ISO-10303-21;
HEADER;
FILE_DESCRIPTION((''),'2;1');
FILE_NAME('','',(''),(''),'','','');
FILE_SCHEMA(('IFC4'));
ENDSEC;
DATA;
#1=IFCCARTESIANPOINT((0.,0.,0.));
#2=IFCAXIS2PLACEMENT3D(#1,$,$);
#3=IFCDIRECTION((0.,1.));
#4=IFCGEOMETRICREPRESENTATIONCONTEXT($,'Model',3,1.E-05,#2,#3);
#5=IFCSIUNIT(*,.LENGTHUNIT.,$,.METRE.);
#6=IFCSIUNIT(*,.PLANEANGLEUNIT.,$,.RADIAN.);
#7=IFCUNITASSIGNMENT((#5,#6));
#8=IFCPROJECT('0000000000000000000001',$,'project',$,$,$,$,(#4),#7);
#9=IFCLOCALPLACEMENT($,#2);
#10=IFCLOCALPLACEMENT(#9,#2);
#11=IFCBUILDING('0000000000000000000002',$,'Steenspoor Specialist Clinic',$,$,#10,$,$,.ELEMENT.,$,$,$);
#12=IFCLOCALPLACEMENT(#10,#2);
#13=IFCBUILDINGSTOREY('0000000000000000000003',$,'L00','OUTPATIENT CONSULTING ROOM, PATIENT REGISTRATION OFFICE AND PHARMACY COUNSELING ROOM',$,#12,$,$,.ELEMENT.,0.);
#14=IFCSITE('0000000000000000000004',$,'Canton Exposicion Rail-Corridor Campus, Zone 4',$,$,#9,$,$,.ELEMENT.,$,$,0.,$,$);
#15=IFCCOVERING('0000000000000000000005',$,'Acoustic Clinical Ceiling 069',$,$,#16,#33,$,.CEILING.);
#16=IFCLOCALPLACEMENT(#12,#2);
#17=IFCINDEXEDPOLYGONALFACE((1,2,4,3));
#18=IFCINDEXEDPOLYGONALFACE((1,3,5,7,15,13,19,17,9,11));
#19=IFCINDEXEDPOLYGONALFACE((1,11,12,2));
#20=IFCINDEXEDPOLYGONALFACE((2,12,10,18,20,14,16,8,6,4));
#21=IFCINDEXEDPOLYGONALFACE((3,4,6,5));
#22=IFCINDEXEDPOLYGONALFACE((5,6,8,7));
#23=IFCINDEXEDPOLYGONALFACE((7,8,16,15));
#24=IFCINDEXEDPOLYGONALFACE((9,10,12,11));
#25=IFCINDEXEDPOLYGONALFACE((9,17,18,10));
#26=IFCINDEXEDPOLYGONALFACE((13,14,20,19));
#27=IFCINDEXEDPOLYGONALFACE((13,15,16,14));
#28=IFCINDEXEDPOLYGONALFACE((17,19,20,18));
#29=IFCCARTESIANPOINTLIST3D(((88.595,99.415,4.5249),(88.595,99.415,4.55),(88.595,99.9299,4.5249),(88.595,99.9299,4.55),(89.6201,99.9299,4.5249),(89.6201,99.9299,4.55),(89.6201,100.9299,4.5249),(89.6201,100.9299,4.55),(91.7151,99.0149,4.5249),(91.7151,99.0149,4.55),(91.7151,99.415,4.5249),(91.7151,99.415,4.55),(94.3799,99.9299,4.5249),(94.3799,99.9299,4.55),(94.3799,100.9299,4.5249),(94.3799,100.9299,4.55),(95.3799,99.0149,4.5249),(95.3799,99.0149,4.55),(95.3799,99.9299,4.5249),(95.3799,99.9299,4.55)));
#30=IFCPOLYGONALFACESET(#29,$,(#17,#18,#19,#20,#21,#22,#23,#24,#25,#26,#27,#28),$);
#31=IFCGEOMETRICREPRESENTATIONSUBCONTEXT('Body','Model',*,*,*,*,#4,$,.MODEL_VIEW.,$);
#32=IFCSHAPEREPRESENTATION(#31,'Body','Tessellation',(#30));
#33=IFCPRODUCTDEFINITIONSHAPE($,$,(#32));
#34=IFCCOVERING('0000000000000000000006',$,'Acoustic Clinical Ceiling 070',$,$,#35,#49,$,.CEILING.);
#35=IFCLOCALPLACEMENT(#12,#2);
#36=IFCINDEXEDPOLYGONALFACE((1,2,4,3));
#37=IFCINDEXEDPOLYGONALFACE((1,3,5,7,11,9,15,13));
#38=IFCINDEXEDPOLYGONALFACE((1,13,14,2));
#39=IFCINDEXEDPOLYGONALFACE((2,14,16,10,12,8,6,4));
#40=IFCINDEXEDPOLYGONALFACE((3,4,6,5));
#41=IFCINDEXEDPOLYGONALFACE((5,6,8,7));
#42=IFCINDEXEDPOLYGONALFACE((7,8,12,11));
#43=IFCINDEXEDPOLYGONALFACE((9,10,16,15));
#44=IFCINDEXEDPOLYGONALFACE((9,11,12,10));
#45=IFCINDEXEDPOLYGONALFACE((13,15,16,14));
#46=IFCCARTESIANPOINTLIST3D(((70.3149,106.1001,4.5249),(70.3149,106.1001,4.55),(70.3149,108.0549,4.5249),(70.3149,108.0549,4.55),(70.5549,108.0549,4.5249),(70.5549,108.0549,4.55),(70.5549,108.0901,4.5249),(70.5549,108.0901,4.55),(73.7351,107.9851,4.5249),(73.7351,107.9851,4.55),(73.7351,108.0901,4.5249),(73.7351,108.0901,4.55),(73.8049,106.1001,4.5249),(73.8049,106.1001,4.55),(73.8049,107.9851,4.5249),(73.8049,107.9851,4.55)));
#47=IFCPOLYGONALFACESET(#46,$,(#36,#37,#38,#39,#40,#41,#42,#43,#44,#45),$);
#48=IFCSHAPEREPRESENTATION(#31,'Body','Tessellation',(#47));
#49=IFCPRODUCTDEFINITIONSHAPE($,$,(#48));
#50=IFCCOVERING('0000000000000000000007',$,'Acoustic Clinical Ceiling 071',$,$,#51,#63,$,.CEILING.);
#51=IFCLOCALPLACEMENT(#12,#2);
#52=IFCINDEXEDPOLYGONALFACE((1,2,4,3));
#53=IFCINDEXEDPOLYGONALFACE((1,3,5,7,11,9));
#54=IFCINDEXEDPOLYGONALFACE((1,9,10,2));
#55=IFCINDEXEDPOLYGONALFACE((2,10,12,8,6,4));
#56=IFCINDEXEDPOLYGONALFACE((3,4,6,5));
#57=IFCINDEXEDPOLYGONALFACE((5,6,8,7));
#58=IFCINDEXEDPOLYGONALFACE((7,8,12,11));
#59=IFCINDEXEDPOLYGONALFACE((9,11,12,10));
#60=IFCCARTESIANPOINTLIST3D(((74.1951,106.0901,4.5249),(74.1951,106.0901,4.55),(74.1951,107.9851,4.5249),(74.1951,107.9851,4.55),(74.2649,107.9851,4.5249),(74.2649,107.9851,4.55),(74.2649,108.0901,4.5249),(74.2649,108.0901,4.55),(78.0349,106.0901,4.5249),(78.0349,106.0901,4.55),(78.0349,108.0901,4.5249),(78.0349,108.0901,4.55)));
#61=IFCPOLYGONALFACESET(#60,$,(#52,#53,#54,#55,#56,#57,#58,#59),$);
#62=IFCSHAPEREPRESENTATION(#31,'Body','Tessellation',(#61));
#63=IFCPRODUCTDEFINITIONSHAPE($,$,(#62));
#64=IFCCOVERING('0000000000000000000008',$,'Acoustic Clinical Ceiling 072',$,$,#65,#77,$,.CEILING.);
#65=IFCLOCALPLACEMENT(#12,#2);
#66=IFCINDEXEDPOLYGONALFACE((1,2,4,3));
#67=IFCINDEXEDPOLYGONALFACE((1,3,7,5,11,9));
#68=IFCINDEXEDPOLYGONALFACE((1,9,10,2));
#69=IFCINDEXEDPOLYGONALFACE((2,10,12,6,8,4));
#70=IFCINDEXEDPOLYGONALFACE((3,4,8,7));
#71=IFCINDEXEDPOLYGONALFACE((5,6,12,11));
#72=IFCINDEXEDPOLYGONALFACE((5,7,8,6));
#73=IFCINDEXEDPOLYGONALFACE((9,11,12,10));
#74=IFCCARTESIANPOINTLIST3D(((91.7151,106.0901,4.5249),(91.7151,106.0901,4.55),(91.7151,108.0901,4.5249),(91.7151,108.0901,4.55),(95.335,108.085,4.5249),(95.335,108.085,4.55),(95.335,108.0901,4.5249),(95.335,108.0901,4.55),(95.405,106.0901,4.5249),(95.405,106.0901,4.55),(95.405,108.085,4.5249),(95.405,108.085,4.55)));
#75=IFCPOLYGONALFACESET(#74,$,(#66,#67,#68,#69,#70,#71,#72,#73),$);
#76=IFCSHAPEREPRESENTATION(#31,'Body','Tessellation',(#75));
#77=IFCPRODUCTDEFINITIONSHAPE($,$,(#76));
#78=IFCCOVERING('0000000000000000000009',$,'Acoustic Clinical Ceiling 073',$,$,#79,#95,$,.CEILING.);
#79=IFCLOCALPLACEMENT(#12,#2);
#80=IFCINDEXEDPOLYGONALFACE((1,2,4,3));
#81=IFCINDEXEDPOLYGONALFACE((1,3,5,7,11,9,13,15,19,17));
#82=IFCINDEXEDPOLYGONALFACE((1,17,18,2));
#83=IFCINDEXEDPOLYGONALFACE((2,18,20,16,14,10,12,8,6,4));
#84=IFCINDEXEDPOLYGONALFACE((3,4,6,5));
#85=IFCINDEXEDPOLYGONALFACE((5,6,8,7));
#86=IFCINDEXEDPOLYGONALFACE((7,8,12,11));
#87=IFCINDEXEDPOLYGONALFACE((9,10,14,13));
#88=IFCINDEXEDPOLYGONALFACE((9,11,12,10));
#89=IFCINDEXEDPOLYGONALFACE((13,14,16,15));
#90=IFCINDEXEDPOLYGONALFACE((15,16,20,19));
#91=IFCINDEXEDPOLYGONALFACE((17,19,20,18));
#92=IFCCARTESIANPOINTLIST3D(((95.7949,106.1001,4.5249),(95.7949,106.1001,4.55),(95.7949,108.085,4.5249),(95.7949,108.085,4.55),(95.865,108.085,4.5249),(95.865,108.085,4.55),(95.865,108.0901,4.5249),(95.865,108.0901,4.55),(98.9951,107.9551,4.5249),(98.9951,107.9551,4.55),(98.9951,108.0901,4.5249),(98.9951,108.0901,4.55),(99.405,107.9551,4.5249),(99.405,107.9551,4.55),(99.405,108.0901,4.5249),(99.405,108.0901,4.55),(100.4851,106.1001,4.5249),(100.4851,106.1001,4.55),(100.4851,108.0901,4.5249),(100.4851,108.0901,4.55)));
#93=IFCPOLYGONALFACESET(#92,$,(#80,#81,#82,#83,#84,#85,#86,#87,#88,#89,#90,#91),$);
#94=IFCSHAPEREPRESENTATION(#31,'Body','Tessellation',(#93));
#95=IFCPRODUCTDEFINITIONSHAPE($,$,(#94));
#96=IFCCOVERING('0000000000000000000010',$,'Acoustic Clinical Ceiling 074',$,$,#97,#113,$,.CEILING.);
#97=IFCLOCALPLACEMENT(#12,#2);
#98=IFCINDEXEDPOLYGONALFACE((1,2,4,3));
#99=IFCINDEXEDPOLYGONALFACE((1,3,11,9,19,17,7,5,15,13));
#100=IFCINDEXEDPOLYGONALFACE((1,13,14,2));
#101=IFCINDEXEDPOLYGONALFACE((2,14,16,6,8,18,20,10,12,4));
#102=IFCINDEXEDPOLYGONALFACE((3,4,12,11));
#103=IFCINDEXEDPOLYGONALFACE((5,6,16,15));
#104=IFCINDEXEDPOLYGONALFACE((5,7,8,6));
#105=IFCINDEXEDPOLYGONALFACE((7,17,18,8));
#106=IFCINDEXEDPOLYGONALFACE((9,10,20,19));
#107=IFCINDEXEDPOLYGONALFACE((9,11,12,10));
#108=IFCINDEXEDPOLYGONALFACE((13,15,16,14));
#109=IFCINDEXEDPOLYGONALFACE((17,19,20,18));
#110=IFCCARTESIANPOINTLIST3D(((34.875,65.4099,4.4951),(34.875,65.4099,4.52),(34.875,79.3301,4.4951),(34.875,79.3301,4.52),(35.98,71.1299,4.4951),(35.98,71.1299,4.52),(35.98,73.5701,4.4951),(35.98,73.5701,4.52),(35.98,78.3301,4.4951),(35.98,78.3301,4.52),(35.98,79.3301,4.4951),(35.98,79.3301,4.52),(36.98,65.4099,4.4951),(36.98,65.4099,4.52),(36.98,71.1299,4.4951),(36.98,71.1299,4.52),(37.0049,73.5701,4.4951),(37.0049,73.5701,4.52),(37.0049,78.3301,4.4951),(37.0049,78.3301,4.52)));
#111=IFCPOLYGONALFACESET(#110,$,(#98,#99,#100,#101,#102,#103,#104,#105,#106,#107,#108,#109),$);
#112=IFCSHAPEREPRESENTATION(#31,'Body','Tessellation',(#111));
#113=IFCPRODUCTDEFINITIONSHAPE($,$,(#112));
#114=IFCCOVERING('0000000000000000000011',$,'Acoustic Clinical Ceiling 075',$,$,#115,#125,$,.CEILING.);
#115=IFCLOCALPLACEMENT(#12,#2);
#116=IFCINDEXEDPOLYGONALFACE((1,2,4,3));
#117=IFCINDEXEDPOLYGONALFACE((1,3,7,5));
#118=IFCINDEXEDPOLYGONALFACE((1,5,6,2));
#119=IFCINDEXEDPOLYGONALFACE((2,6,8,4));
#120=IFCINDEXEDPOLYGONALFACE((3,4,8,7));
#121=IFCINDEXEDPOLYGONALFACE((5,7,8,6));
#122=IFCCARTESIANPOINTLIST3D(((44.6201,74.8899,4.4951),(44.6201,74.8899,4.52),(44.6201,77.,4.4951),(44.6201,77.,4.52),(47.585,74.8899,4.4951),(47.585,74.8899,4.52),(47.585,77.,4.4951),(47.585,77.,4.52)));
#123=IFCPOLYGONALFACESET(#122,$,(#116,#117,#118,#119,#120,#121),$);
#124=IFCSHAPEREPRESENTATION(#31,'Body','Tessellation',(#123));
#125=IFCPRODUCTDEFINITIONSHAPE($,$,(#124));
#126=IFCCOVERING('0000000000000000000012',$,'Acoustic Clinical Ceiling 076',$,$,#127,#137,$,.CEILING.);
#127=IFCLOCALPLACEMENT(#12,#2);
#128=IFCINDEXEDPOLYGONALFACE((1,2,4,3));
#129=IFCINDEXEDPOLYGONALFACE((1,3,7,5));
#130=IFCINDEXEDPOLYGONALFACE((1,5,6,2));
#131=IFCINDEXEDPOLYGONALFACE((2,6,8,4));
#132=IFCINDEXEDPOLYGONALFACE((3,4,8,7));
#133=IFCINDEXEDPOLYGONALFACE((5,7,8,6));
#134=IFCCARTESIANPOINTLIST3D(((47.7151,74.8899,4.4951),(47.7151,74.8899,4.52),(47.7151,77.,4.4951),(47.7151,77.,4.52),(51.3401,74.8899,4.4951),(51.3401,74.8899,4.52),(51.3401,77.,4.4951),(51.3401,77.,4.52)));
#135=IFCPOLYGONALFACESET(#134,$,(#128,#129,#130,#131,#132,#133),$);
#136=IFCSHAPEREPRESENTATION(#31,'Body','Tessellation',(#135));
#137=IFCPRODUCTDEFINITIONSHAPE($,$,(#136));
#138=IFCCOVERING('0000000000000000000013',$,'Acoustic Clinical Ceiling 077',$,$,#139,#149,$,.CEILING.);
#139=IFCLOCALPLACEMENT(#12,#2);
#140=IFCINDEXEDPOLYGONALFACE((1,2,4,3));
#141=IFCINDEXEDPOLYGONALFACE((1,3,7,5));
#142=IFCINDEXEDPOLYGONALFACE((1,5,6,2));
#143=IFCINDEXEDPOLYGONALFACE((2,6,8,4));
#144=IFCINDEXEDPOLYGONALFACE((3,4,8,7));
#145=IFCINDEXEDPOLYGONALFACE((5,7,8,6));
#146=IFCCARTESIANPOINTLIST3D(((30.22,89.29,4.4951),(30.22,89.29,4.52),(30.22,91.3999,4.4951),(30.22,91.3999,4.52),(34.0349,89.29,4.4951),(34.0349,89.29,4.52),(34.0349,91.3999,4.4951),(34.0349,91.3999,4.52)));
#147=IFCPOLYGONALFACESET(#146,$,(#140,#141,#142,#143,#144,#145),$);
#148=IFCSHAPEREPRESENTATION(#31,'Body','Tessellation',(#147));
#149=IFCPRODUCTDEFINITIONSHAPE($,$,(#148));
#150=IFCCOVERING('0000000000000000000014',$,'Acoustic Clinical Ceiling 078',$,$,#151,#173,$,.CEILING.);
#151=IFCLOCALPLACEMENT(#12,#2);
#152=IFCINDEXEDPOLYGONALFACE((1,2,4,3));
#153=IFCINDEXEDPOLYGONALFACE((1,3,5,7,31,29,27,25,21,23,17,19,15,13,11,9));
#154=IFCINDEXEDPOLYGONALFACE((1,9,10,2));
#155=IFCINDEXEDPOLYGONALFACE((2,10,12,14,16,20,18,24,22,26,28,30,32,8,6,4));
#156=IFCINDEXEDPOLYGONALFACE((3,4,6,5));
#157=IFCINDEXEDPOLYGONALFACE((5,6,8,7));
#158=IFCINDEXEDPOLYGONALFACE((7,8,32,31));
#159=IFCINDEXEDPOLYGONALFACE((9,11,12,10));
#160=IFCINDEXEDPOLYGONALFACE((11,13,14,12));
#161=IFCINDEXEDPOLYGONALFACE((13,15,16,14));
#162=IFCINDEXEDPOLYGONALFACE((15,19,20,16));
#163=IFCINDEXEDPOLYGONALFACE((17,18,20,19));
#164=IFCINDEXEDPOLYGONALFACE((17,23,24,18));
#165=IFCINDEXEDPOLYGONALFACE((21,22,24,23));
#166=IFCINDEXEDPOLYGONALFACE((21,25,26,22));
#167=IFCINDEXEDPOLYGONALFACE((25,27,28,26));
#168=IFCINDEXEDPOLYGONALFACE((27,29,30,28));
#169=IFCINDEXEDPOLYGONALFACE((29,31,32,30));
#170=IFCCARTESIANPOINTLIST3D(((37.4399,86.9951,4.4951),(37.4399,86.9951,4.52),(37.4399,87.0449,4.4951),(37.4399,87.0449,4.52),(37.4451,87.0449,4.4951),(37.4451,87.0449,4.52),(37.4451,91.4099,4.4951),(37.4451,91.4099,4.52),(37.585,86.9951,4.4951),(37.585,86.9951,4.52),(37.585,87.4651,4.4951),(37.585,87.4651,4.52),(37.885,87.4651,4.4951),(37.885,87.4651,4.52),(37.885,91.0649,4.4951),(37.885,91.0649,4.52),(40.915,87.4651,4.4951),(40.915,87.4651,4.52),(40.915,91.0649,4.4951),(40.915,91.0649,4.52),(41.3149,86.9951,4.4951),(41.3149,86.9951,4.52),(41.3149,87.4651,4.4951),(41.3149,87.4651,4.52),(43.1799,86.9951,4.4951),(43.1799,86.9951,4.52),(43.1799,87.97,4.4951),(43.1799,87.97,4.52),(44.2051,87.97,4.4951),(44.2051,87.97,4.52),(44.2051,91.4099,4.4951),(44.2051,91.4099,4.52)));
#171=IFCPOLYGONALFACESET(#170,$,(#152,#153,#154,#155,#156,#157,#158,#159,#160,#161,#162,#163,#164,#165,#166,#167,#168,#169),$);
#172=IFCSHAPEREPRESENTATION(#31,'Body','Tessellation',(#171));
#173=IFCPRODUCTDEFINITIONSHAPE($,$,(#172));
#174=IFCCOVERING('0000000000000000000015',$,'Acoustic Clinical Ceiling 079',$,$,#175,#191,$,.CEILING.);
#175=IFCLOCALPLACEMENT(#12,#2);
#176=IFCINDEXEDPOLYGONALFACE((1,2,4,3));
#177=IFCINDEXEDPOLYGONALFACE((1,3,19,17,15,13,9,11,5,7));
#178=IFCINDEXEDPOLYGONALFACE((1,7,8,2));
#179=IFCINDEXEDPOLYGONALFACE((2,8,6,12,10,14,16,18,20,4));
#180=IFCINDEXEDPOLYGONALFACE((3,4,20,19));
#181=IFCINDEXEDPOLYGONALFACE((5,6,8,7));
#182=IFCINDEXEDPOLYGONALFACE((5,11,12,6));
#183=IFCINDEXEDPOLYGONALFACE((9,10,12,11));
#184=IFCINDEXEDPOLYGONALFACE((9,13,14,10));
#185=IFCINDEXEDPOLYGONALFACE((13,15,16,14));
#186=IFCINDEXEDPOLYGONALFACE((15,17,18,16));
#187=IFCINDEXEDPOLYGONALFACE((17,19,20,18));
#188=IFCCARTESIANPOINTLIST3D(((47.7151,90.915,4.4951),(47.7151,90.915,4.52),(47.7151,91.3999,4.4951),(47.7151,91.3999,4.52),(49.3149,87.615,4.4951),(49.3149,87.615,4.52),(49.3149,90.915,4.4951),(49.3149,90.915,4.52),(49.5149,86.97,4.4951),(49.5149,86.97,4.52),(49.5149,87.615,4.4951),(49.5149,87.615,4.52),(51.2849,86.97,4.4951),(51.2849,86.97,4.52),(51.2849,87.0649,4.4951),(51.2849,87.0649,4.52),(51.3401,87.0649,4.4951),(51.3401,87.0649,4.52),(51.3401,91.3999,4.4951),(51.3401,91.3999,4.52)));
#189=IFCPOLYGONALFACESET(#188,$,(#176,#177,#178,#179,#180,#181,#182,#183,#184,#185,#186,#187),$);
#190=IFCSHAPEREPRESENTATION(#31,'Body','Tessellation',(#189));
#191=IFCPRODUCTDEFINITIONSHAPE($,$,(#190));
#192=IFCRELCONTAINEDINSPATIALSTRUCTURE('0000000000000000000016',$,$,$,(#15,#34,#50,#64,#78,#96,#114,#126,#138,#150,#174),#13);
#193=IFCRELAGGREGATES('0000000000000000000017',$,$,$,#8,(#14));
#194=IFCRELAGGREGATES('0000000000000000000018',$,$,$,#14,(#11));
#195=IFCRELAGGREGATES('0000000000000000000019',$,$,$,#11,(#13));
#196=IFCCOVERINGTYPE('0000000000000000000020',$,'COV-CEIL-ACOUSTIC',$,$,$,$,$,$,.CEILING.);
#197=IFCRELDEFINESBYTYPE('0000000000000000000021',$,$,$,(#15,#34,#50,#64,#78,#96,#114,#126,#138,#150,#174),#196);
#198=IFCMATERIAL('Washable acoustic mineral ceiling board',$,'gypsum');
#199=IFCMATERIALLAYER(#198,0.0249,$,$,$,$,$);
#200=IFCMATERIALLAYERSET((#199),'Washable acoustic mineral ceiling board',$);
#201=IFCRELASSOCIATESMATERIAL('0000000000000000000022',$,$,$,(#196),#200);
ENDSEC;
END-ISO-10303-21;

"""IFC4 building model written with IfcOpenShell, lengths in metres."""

from ifc_helpers import new_model, si_unit, direction, frame, origin, place, context, subcontext, project, spatial, polyline, outline, extrude, material, layer, layer_set, type_object, element, save


model = new_model("IFC4")

# Units and contexts
model_context = context("Model", 3, precision=1e-05, world=origin(), true_north=direction((0.0, 1.0)))
body_context = subcontext(model_context, "Body", "Model", "MODEL_VIEW")
ifc_project = project(units=[si_unit("LENGTHUNIT", "METRE"), si_unit("PLANEANGLEUNIT", "RADIAN")], contexts=[model_context])

# Site, building, storey
site_placement = place(None, origin())
site = spatial("IfcSite", under=ifc_project, at=site_placement, Name="Canton Exposicion Rail-Corridor Campus, Zone 4", CompositionType="ELEMENT", RefElevation=0.0)
building_placement = place(site_placement, origin())
building = spatial("IfcBuilding", under=site, at=building_placement, Name="Steenspoor Specialist Clinic", CompositionType="ELEMENT")
storey_placement = place(building_placement, origin())
storey = spatial("IfcBuildingStorey", under=building, at=storey_placement, Name="L00", Description="OUTPATIENT CONSULTING ROOM, PATIENT REGISTRATION OFFICE AND PHARMACY COUNSELING ROOM", CompositionType="ELEMENT", Elevation=0.0)

# Coverings
ifc_material_1 = material(Name="Washable acoustic mineral ceiling board", Category="gypsum")
ifc_layer_1 = layer(ifc_material_1, 0.0249)
ifc_layer_set_1 = layer_set([ifc_layer_1], Name="Washable acoustic mineral ceiling board")
covering_type_1 = type_object("IfcCoveringType", Name="COV-CEIL-ACOUSTIC", PredefinedType="CEILING", material=ifc_layer_set_1)
covering_1_placement = place(storey_placement, frame((0.0, 0.0, 4.5249)))
element("IfcCovering", 1, at=covering_1_placement, inside=storey, type_object=covering_type_1, Name="Acoustic Clinical Ceiling 069", PredefinedType="CEILING", context=body_context, shape_type="SweptSolid", body=[
    extrude(outline(polyline([(91.7151, 99.0149), (91.7151, 99.415), (88.595, 99.415), (88.595, 99.9299), (89.6201, 99.9299), (89.6201, 100.9299), (94.3799, 100.9299), (94.3799, 99.9299), (95.3799, 99.9299), (95.3799, 99.0149), (91.7151, 99.0149)])), origin(), (0.0, 0.0, 1.0), 0.0251),
])
covering_2_placement = place(storey_placement, frame((0.0, 0.0, 4.5249)))
element("IfcCovering", 2, at=covering_2_placement, inside=storey, type_object=covering_type_1, Name="Acoustic Clinical Ceiling 070", PredefinedType="CEILING", context=body_context, shape_type="SweptSolid", body=[
    extrude(outline(polyline([(73.7351, 108.0901), (73.7351, 107.9851), (73.8049, 107.9851), (73.8049, 106.1001), (70.3149, 106.1001), (70.3149, 108.0549), (70.5549, 108.0549), (70.5549, 108.0901), (73.7351, 108.0901)])), origin(), (0.0, 0.0, 1.0), 0.0251),
])
covering_3_placement = place(storey_placement, frame((0.0, 0.0, 4.5249)))
element("IfcCovering", 3, at=covering_3_placement, inside=storey, type_object=covering_type_1, Name="Acoustic Clinical Ceiling 071", PredefinedType="CEILING", context=body_context, shape_type="SweptSolid", body=[
    extrude(outline(polyline([(78.0349, 108.0901), (78.0349, 106.0901), (74.1951, 106.0901), (74.1951, 107.9851), (74.2649, 107.9851), (74.2649, 108.0901), (78.0349, 108.0901)])), origin(), (0.0, 0.0, 1.0), 0.0251),
])
covering_4_placement = place(storey_placement, frame((0.0, 0.0, 4.5249)))
element("IfcCovering", 4, at=covering_4_placement, inside=storey, type_object=covering_type_1, Name="Acoustic Clinical Ceiling 072", PredefinedType="CEILING", context=body_context, shape_type="SweptSolid", body=[
    extrude(outline(polyline([(95.335, 108.0901), (95.335, 108.085), (95.405, 108.085), (95.405, 106.0901), (91.7151, 106.0901), (91.7151, 108.0901), (95.335, 108.0901)])), origin(), (0.0, 0.0, 1.0), 0.0251),
])
covering_5_placement = place(storey_placement, frame((0.0, 0.0, 4.5249)))
element("IfcCovering", 5, at=covering_5_placement, inside=storey, type_object=covering_type_1, Name="Acoustic Clinical Ceiling 073", PredefinedType="CEILING", context=body_context, shape_type="SweptSolid", body=[
    extrude(outline(polyline([(100.4851, 106.1001), (95.7949, 106.1001), (95.7949, 108.085), (95.865, 108.085), (95.865, 108.0901), (98.9951, 108.0901), (98.9951, 107.9551), (99.405, 107.9551), (99.405, 108.0901), (100.4851, 108.0901), (100.4851, 106.1001)])), origin(), (0.0, 0.0, 1.0), 0.0251),
])
covering_6_placement = place(storey_placement, frame((0.0, 0.0, 4.4951)))
element("IfcCovering", 6, at=covering_6_placement, inside=storey, type_object=covering_type_1, Name="Acoustic Clinical Ceiling 074", PredefinedType="CEILING", context=body_context, shape_type="SweptSolid", body=[
    extrude(outline(polyline([(34.875, 65.4099), (34.875, 79.3301), (35.98, 79.3301), (35.98, 78.3301), (37.0049, 78.3301), (37.0049, 73.5701), (35.98, 73.5701), (35.98, 71.1299), (36.98, 71.1299), (36.98, 65.4099), (34.875, 65.4099)])), origin(), (0.0, 0.0, 1.0), 0.0249),
])
covering_7_placement = place(storey_placement, frame((0.0, 0.0, 4.4951)))
element("IfcCovering", 7, at=covering_7_placement, inside=storey, type_object=covering_type_1, Name="Acoustic Clinical Ceiling 075", PredefinedType="CEILING", context=body_context, shape_type="SweptSolid", body=[
    extrude(outline(polyline([(47.585, 74.8899), (44.6201, 74.8899), (44.6201, 77.0), (47.585, 77.0), (47.585, 74.8899)])), origin(), (0.0, 0.0, 1.0), 0.0249),
])
covering_8_placement = place(storey_placement, frame((0.0, 0.0, 4.4951)))
element("IfcCovering", 8, at=covering_8_placement, inside=storey, type_object=covering_type_1, Name="Acoustic Clinical Ceiling 076", PredefinedType="CEILING", context=body_context, shape_type="SweptSolid", body=[
    extrude(outline(polyline([(51.3401, 74.8899), (47.7151, 74.8899), (47.7151, 77.0), (51.3401, 77.0), (51.3401, 74.8899)])), origin(), (0.0, 0.0, 1.0), 0.0249),
])
covering_9_placement = place(storey_placement, frame((0.0, 0.0, 4.4951)))
element("IfcCovering", 9, at=covering_9_placement, inside=storey, type_object=covering_type_1, Name="Acoustic Clinical Ceiling 077", PredefinedType="CEILING", context=body_context, shape_type="SweptSolid", body=[
    extrude(outline(polyline([(34.0349, 89.29), (30.22, 89.29), (30.22, 91.3999), (34.0349, 91.3999), (34.0349, 89.29)])), origin(), (0.0, 0.0, 1.0), 0.0249),
])
covering_10_placement = place(storey_placement, frame((0.0, 0.0, 4.4951)))
element("IfcCovering", 10, at=covering_10_placement, inside=storey, type_object=covering_type_1, Name="Acoustic Clinical Ceiling 078", PredefinedType="CEILING", context=body_context, shape_type="SweptSolid", body=[
    extrude(outline(polyline([(40.915, 91.0649), (37.885, 91.0649), (37.885, 87.4651), (37.585, 87.4651), (37.585, 86.9951), (37.4399, 86.9951), (37.4399, 87.0449), (37.4451, 87.0449), (37.4451, 91.4099), (44.2051, 91.4099), (44.2051, 87.97), (43.1799, 87.97), (43.1799, 86.9951), (41.3149, 86.9951), (41.3149, 87.4651), (40.915, 87.4651), (40.915, 91.0649)])), origin(), (0.0, 0.0, 1.0), 0.0249),
])
covering_11_placement = place(storey_placement, frame((0.0, 0.0, 4.4951)))
element("IfcCovering", 11, at=covering_11_placement, inside=storey, type_object=covering_type_1, Name="Acoustic Clinical Ceiling 079", PredefinedType="CEILING", context=body_context, shape_type="SweptSolid", body=[
    extrude(outline(polyline([(47.7151, 91.3999), (51.3401, 91.3999), (51.3401, 87.0649), (51.2849, 87.0649), (51.2849, 86.97), (49.5149, 86.97), (49.5149, 87.615), (49.3149, 87.615), (49.3149, 90.915), (47.7151, 90.915), (47.7151, 91.3999)])), origin(), (0.0, 0.0, 1.0), 0.0249),
])

save(model, "model.ifc")
